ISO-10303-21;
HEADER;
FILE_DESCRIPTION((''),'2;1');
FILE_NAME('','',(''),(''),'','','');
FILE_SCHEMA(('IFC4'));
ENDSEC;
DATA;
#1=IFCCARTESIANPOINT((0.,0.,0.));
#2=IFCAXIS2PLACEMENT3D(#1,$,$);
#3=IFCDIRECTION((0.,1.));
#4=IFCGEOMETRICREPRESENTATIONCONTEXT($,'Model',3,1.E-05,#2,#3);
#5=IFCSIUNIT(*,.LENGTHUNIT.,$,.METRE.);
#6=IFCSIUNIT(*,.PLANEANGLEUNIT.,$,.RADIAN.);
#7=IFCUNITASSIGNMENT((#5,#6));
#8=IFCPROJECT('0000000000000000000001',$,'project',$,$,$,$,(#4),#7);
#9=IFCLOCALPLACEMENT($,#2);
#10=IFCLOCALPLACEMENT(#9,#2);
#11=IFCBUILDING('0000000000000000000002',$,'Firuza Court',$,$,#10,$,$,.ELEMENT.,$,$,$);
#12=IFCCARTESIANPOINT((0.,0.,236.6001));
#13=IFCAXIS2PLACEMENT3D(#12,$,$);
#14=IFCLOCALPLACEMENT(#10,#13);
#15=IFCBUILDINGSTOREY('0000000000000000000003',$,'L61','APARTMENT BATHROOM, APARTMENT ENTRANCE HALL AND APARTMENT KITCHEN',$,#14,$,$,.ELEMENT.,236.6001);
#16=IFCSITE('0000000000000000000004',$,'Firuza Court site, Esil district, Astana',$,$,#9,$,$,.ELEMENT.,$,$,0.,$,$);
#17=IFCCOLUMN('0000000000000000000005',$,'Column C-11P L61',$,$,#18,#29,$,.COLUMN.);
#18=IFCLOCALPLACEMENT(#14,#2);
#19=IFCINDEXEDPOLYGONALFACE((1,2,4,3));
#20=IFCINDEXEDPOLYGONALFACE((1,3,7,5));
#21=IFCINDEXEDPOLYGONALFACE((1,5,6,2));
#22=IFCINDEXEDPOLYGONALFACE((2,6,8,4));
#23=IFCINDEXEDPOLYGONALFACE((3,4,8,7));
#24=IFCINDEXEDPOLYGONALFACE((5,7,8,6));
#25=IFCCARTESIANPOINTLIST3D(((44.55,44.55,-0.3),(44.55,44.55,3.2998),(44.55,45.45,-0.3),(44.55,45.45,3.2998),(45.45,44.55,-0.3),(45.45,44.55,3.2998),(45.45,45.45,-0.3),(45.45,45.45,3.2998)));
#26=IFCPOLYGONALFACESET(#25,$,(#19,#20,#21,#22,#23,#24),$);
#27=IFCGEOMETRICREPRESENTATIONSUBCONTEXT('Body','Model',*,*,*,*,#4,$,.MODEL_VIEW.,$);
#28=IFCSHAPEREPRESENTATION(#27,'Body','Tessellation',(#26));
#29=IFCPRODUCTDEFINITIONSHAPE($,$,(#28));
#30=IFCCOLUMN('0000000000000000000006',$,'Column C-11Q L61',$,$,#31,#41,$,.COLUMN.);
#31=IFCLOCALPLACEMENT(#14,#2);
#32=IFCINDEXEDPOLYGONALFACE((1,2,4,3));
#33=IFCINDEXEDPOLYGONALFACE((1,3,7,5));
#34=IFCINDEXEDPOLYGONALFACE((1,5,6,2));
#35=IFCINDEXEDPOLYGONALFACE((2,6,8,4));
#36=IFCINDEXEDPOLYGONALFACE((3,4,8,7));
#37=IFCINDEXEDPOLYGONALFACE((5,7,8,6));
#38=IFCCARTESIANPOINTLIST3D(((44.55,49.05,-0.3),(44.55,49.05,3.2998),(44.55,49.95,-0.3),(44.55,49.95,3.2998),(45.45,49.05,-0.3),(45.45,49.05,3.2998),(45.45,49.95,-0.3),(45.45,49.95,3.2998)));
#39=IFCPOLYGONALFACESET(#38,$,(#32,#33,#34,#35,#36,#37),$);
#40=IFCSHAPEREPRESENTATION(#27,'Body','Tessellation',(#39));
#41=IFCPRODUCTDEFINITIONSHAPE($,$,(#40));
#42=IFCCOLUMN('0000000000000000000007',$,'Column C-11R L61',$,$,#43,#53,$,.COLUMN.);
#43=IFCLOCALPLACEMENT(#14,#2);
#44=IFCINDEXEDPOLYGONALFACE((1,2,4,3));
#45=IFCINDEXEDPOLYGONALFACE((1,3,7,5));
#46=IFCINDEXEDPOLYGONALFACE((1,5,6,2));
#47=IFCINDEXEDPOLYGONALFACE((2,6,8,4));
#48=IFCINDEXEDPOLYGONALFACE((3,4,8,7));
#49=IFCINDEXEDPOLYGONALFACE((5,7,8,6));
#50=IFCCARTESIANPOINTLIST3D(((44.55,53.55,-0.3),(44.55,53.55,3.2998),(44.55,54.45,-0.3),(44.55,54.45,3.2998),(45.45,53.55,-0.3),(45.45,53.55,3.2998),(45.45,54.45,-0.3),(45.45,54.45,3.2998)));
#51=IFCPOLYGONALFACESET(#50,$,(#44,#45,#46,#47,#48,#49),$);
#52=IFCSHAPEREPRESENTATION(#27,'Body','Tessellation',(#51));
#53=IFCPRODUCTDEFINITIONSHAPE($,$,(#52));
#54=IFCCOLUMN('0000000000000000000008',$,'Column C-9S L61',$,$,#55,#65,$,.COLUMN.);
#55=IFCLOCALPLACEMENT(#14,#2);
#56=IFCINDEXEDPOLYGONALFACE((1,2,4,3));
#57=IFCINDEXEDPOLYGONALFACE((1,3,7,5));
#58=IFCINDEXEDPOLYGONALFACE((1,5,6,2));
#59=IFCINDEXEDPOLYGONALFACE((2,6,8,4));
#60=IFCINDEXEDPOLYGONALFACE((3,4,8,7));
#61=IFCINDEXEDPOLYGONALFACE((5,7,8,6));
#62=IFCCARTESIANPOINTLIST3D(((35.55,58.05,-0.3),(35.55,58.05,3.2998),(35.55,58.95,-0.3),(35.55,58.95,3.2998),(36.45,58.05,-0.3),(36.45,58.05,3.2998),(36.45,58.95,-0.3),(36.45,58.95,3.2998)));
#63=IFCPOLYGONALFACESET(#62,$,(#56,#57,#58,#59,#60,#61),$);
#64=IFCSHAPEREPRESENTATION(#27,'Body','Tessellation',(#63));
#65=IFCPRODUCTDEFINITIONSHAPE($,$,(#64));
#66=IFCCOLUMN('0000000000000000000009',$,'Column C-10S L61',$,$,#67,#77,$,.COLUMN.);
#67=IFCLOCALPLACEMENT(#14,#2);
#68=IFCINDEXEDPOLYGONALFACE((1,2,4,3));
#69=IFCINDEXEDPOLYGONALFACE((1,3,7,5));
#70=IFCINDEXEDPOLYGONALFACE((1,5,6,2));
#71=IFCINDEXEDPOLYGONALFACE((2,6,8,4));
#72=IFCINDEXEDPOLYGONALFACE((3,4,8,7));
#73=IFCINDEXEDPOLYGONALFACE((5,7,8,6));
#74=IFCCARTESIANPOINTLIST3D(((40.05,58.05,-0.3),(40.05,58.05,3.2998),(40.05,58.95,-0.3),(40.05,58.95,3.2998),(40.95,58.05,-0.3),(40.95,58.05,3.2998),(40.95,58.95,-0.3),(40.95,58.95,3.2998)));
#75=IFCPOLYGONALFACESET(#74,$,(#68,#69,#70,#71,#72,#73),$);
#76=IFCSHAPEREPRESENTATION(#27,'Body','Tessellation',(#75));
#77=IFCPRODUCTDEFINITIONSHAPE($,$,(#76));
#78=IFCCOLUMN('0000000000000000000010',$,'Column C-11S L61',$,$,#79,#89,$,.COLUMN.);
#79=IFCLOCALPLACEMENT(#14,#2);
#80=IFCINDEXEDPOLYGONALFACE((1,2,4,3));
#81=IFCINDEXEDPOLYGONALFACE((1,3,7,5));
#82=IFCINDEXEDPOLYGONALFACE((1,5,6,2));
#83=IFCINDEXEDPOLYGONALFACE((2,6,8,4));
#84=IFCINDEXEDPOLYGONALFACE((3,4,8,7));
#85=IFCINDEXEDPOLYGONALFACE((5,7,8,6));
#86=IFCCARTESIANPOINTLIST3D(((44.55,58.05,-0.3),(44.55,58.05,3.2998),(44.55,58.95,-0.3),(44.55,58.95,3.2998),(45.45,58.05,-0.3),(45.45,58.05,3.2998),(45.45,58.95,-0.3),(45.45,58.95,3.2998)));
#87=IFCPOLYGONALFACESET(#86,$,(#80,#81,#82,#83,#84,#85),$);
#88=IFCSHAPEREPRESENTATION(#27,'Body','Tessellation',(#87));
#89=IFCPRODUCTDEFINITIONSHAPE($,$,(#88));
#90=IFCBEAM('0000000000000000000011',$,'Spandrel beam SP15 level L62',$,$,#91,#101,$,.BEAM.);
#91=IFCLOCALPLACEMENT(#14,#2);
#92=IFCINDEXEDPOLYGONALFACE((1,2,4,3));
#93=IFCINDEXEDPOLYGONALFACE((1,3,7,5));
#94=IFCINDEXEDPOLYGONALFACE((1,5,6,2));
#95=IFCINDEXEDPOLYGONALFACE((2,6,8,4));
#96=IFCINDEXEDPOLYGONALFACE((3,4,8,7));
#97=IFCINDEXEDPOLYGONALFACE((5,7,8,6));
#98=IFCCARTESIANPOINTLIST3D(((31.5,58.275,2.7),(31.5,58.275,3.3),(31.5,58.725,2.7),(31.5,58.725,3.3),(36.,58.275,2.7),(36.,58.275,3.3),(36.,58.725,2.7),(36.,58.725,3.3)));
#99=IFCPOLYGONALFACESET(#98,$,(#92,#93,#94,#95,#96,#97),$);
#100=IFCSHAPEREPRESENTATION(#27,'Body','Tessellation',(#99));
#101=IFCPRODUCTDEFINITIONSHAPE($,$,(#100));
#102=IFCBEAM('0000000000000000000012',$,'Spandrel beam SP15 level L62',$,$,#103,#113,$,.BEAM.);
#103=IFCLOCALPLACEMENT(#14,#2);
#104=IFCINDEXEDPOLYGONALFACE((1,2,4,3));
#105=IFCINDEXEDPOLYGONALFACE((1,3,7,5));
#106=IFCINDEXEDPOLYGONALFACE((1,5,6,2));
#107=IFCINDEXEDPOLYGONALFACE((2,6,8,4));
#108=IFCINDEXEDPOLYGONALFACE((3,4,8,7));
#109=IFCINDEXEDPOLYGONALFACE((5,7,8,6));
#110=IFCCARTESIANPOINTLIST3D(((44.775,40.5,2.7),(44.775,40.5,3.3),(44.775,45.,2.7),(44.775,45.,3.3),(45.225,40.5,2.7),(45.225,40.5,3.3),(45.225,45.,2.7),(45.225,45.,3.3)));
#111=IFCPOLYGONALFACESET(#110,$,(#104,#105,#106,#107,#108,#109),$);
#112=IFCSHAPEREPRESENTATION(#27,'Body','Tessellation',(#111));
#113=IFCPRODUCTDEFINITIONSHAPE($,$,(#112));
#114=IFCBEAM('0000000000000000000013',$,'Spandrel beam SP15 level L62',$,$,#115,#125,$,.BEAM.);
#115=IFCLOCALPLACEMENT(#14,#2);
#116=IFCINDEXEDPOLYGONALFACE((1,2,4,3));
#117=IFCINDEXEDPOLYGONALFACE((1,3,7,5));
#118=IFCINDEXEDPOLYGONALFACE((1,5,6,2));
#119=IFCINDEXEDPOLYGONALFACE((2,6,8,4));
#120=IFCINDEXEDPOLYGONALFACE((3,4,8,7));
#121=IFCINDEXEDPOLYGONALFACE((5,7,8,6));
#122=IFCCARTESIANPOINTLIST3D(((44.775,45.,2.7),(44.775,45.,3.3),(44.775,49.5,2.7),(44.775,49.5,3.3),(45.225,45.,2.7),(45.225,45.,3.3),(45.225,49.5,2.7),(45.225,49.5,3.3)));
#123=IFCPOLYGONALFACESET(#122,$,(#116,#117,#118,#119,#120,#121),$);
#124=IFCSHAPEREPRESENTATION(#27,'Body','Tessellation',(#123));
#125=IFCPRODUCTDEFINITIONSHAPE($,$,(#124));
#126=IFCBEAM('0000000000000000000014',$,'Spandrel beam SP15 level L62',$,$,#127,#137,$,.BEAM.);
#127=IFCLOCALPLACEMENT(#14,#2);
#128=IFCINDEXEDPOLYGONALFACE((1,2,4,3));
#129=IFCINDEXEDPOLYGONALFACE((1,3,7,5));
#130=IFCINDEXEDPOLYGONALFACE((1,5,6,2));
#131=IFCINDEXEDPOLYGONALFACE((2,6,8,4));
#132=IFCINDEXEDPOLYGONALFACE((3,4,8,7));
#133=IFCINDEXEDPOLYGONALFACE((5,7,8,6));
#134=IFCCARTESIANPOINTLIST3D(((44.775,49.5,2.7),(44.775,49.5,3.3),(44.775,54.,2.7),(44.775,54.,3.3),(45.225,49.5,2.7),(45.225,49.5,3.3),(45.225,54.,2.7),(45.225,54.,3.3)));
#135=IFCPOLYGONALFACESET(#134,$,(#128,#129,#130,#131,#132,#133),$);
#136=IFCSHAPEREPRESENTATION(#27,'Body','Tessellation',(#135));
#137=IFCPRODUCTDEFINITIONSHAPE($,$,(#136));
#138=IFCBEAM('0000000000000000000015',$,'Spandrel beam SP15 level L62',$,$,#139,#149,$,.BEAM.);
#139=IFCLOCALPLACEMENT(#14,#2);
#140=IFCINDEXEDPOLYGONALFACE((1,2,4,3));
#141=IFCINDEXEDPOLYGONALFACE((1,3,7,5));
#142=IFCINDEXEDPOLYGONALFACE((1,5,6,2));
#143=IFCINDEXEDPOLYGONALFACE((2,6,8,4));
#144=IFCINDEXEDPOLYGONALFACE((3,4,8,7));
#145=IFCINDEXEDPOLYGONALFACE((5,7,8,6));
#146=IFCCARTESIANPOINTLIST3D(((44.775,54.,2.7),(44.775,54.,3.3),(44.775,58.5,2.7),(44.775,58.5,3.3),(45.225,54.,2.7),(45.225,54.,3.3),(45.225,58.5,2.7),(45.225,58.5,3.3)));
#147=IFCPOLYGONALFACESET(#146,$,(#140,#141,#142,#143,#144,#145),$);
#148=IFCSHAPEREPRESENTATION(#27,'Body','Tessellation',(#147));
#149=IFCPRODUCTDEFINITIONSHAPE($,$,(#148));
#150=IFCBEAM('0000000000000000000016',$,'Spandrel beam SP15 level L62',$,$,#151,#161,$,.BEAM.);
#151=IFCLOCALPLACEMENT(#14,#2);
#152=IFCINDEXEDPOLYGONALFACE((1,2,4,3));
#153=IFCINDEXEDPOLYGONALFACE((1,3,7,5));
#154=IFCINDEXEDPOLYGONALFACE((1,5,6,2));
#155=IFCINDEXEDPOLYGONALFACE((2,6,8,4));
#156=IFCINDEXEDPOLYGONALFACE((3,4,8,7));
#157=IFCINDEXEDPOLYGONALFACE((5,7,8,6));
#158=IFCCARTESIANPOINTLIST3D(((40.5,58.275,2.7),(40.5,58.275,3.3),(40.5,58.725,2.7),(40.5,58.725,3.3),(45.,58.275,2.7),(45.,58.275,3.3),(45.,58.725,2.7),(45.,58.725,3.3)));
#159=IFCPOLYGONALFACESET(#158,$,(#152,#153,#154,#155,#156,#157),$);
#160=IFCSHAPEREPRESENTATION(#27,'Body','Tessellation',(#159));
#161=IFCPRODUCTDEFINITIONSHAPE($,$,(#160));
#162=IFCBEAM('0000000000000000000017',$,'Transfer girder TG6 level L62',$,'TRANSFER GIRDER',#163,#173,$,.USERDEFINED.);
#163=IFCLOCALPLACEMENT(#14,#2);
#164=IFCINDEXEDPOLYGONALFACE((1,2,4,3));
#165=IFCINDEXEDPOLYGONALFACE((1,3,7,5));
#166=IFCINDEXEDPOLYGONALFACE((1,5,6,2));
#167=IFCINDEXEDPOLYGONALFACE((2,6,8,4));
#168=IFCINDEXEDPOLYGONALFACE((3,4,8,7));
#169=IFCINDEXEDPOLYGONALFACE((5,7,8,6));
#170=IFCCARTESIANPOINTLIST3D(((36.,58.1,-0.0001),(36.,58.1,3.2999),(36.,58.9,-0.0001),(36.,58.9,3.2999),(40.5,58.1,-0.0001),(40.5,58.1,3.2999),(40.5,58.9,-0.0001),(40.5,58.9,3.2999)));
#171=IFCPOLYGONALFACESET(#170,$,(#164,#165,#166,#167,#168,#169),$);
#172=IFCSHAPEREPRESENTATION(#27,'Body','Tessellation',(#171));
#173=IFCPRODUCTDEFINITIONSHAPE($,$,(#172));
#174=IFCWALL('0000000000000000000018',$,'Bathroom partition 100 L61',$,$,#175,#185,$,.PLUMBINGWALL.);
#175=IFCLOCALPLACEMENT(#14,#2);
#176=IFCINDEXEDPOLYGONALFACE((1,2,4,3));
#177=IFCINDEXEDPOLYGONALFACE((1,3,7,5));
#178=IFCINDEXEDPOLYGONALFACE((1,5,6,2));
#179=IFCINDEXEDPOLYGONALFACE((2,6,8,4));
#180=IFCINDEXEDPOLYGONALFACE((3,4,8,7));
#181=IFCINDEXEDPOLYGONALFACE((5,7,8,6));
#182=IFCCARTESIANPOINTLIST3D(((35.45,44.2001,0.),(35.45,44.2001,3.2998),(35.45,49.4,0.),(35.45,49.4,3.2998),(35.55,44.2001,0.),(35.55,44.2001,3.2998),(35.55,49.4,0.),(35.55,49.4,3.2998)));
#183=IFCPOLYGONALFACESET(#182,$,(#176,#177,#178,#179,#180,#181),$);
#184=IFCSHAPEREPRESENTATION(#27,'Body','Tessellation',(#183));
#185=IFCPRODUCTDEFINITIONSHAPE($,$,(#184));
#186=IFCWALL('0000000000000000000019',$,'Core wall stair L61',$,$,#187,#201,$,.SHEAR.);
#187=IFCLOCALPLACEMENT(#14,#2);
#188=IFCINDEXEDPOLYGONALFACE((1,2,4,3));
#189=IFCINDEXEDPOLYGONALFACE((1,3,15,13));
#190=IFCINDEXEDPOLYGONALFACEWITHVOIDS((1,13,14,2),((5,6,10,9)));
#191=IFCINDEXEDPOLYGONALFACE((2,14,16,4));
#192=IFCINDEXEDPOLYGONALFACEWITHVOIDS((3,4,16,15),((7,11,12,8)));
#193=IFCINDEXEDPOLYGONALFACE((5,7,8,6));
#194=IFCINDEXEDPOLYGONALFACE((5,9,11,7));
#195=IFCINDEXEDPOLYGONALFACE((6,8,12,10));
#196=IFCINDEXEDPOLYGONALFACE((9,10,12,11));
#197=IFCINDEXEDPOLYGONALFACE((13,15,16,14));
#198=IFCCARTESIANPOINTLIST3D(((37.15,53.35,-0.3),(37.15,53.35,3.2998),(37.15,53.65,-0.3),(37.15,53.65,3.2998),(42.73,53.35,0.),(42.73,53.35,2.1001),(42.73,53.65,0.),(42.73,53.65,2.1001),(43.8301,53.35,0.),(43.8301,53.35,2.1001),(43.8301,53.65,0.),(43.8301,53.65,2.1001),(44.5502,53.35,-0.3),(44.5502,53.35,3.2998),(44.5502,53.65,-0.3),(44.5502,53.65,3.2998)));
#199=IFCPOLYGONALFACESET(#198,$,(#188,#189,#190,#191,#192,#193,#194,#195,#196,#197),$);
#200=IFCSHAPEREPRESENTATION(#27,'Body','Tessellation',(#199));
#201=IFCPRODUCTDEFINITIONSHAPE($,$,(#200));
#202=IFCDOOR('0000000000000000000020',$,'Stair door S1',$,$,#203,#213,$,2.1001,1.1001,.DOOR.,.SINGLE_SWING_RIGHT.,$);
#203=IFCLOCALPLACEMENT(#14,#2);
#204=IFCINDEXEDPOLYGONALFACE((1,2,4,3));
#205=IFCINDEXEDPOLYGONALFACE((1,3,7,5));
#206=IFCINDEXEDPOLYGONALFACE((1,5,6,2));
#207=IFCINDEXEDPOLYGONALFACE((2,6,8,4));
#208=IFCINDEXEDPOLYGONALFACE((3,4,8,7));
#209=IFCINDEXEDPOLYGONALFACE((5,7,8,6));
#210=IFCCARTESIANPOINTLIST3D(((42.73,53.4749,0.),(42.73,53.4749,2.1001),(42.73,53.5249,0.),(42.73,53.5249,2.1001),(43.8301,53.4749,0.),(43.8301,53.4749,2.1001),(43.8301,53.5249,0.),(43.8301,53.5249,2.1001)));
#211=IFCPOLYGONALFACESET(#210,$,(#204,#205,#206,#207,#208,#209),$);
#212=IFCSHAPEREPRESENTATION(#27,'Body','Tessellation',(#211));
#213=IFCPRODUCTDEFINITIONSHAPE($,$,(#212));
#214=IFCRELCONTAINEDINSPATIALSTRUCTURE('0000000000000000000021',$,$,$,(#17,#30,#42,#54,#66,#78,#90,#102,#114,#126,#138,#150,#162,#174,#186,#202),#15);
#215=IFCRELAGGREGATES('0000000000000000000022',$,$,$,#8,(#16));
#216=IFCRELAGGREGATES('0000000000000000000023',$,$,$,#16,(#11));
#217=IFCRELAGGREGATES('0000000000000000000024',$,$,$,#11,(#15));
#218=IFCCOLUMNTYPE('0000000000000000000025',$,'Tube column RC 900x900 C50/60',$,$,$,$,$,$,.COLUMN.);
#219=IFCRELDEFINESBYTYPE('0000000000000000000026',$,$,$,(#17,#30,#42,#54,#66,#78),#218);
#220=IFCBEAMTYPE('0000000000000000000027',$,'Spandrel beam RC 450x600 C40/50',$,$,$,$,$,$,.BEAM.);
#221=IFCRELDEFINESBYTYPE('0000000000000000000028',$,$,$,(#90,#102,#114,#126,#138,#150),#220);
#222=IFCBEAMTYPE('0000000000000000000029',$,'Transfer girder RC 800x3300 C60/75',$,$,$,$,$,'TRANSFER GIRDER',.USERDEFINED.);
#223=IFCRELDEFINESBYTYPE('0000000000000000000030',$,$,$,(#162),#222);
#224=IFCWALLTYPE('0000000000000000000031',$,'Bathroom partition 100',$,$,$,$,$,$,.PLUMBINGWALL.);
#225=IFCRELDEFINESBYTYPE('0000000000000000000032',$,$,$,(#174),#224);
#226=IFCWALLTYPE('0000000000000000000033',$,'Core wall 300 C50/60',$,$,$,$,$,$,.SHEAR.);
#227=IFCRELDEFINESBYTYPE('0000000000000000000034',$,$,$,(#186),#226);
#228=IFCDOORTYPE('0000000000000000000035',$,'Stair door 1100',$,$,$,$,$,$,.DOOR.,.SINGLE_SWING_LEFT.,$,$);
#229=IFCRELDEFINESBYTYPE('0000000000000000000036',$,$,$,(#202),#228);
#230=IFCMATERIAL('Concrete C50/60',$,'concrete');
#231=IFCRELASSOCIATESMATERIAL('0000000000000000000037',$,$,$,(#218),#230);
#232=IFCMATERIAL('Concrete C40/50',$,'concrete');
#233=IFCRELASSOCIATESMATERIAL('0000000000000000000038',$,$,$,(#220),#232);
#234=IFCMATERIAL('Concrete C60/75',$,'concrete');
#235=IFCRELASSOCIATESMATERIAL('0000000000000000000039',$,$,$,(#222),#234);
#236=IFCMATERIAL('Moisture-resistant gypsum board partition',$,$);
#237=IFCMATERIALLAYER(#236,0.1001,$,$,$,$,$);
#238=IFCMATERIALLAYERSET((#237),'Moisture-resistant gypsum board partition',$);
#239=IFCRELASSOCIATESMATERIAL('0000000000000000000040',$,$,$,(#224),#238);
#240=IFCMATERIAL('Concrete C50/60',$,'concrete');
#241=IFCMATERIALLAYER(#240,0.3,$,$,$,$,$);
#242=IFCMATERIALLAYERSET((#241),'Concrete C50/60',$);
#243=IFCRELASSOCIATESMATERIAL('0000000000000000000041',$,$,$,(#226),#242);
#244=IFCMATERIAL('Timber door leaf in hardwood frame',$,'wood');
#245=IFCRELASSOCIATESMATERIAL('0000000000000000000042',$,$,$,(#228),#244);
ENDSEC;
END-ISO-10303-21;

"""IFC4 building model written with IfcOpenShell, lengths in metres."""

from ifc_helpers import new_model, si_unit, direction, frame, frame_2d, origin, origin_2d, place, context, subcontext, project, spatial, rectangle, extrude, material, layer, layer_set, material_profile, profile_set, type_object, element, fill, save


model = new_model("IFC4")

# Units and contexts
model_context = context("Model", 3, precision=1e-05, world=origin(), true_north=direction((0.0, 1.0)))
body_context = subcontext(model_context, "Body", "Model", "MODEL_VIEW")
ifc_project = project(units=[si_unit("LENGTHUNIT", "METRE"), si_unit("PLANEANGLEUNIT", "RADIAN")], contexts=[model_context])

# Site, building, storey
site_placement = place(None, origin())
site = spatial("IfcSite", under=ifc_project, at=site_placement, Name="Firuza Court site, Esil district, Astana", CompositionType="ELEMENT", RefElevation=0.0)
building_placement = place(site_placement, origin())
building = spatial("IfcBuilding", under=site, at=building_placement, Name="Firuza Court", CompositionType="ELEMENT")
storey_placement = place(building_placement, frame((0.0, 0.0, 236.6001)))
storey = spatial("IfcBuildingStorey", under=building, at=storey_placement, Name="L61", Description="APARTMENT BATHROOM, APARTMENT ENTRANCE HALL AND APARTMENT KITCHEN", CompositionType="ELEMENT", Elevation=236.6001)

# Columns
ifc_material_1 = material(Name="Concrete C50/60", Category="concrete")
ifc_material_profile_1 = material_profile(ifc_material_1, rectangle(XDim=0.8999, YDim=0.8999, at=origin_2d()), Name="RC 900x900")
ifc_profile_set_1 = profile_set([ifc_material_profile_1], Name="Concrete C50/60")
column_type = type_object("IfcColumnType", Name="Tube column RC 900x900 C50/60", PredefinedType="COLUMN", material=ifc_profile_set_1)
for number, where, z_axis, x_axis, name in (
    (1, (45.0, 45.0, -0.3), (0.0, 0.0, 1.0), (1.0, 0.0, 0.0), "Column C-11P L61"),
    (2, (45.0, 49.5, -0.3), (0.0, 0.0, 1.0), (1.0, 0.0, 0.0), "Column C-11Q L61"),
    (3, (45.0, 54.0, -0.3), (0.0, 0.0, 1.0), (1.0, 0.0, 0.0), "Column C-11R L61"),
    (4, (36.0, 58.5, -0.3), (0.0, 0.0, 1.0), (1.0, 0.0, 0.0), "Column C-9S L61"),
    (5, (40.5, 58.5, -0.3), (0.0, 0.0, 1.0), (1.0, 0.0, 0.0), "Column C-10S L61"),
    (6, (45.0, 58.5, -0.3), (0.0, 0.0, 1.0), (1.0, 0.0, 0.0), "Column C-11S L61"),
):
    element("IfcColumn", number, at=place(storey_placement, frame(where, z_axis=z_axis, x_axis=x_axis)), inside=storey, type_object=column_type, Name=name, PredefinedType="COLUMN", context=body_context, shape_type="SweptSolid", body=[
        extrude(rectangle(XDim=0.8999, YDim=0.8999, at=origin_2d()), origin(), (0.0, 0.0, 1.0), 3.5999),
    ])

# Beams
ifc_material_2 = material(Name="Concrete C40/50", Category="concrete")
ifc_material_profile_2 = material_profile(ifc_material_2, rectangle(XDim=0.45, YDim=0.6001, at=origin_2d()), Name="RC 450x600")
ifc_profile_set_2 = profile_set([ifc_material_profile_2], Name="Concrete C40/50")
beam_type_1 = type_object("IfcBeamType", Name="Spandrel beam RC 450x600 C40/50", PredefinedType="BEAM", material=ifc_profile_set_2)
for number, where, z_axis, x_axis, name in (
    (7, (36.0, 58.5, 3.0), (-1.0, 0.0, 0.0), (0.0, -1.0, 0.0), "Spandrel beam SP15 level L62"),
    (8, (45.0, 40.5, 3.0), (0.0, 1.0, 0.0), (-1.0, 0.0, 0.0), "Spandrel beam SP15 level L62"),
    (9, (45.0, 45.0, 3.0), (0.0, 1.0, 0.0), (-1.0, 0.0, 0.0), "Spandrel beam SP15 level L62"),
    (10, (45.0, 49.5, 3.0), (0.0, 1.0, 0.0), (-1.0, 0.0, 0.0), "Spandrel beam SP15 level L62"),
    (11, (45.0, 54.0, 3.0), (0.0, 1.0, 0.0), (-1.0, 0.0, 0.0), "Spandrel beam SP15 level L62"),
    (12, (45.0, 58.5, 3.0), (-1.0, 0.0, 0.0), (0.0, -1.0, 0.0), "Spandrel beam SP15 level L62"),
):
    element("IfcBeam", number, at=place(storey_placement, frame(where, z_axis=z_axis, x_axis=x_axis)), inside=storey, type_object=beam_type_1, Name=name, PredefinedType="BEAM", context=body_context, shape_type="SweptSolid", body=[
        extrude(rectangle(XDim=0.45, YDim=0.6001, at=origin_2d()), origin(), (0.0, 0.0, 1.0), 4.5),
    ])
ifc_material_3 = material(Name="Concrete C60/75", Category="concrete")
ifc_material_profile_3 = material_profile(ifc_material_3, rectangle(XDim=0.8, YDim=3.3, at=origin_2d()), Name="RC 800x3300")
ifc_profile_set_3 = profile_set([ifc_material_profile_3], Name="Concrete C60/75")
beam_type_2 = type_object("IfcBeamType", Name="Transfer girder RC 800x3300 C60/75", ElementType="TRANSFER GIRDER", PredefinedType="USERDEFINED", material=ifc_profile_set_3)
beam_placement = place(storey_placement, frame((40.5, 58.5, 1.6499), z_axis=(-1.0, 0.0, 0.0), x_axis=(0.0, -1.0, 0.0)))
element("IfcBeam", 13, at=beam_placement, inside=storey, type_object=beam_type_2, Name="Transfer girder TG6 level L62", ObjectType="TRANSFER GIRDER", PredefinedType="USERDEFINED", context=body_context, shape_type="SweptSolid", body=[
    extrude(rectangle(XDim=0.8, YDim=3.3, at=origin_2d()), origin(), (0.0, 0.0, 1.0), 4.5),
])

# Wall
ifc_material_4 = material(Name="Moisture-resistant gypsum board partition")
ifc_layer_1 = layer(ifc_material_4, 0.1001)
ifc_layer_set_1 = layer_set([ifc_layer_1], Name="Moisture-resistant gypsum board partition")
wall_type_1 = type_object("IfcWallType", Name="Bathroom partition 100", PredefinedType="PLUMBINGWALL", material=ifc_layer_set_1)
wall_1_placement = place(storey_placement, frame((35.5, 44.2, 0.0), z_axis=(0.0, 0.0, 1.0), x_axis=(0.0, 1.0, 0.0)))
element("IfcWall", 14, at=wall_1_placement, inside=storey, type_object=wall_type_1, Name="Bathroom partition 100 L61", PredefinedType="PLUMBINGWALL", context=body_context, shape_type="SweptSolid", body=[
    extrude(rectangle(XDim=5.2, YDim=0.1001, at=frame_2d((2.6001, 0.0))), origin(), (0.0, 0.0, 1.0), 3.2998),
])

# Wall, opening, door
ifc_material_5 = material(Name="Concrete C50/60", Category="concrete")
ifc_layer_2 = layer(ifc_material_5, 0.3)
ifc_layer_set_2 = layer_set([ifc_layer_2], Name="Concrete C50/60")
wall_type_2 = type_object("IfcWallType", Name="Core wall 300 C50/60", PredefinedType="SHEAR", material=ifc_layer_set_2)
wall_2_placement = place(storey_placement, frame((37.1499, 53.5, -0.3), z_axis=(0.0, 0.0, 1.0), x_axis=(1.0, 0.0, 0.0)))
wall_2 = element("IfcWall", 15, at=wall_2_placement, inside=storey, type_object=wall_type_2, Name="Core wall stair L61", PredefinedType="SHEAR", context=body_context, shape_type="SweptSolid", body=[
    extrude(rectangle(XDim=7.4001, YDim=0.3, at=frame_2d((3.7002, 0.0))), origin(), (0.0, 0.0, 1.0), 3.5999),
])
opening_1_placement = place(wall_2_placement, frame((5.5801, 0.0, 0.3)))
opening_1 = element("IfcOpeningElement", 16, at=opening_1_placement, cuts=wall_2, PredefinedType="OPENING", context=body_context, shape_type="SweptSolid", body=[
    extrude(rectangle(XDim=1.1001, YDim=2.1001, at=frame_2d((0.55, 1.05))), frame((0.0, 0.1621, 0.0), z_axis=(0.0, -1.0, 0.0), x_axis=(1.0, 0.0, 0.0)), (0.0, 0.0, 1.0), 0.324),
])
ifc_material_6 = material(Name="Timber door leaf in hardwood frame", Category="wood")
door_type_1 = type_object("IfcDoorType", Name="Stair door 1100", OperationType="SINGLE_SWING_LEFT", PredefinedType="DOOR", material=ifc_material_6)
door_1_placement = place(opening_1_placement, origin())
door_1 = element("IfcDoor", 17, at=door_1_placement, inside=storey, type_object=door_type_1, Name="Stair door S1", OperationType="SINGLE_SWING_RIGHT", OverallHeight=2.1001, OverallWidth=1.1001, PredefinedType="DOOR", context=body_context, shape_type="SweptSolid", body=[
    extrude(rectangle(XDim=1.1001, YDim=2.1001, at=frame_2d((0.55, 1.05))), frame((0.0, 0.0249, 0.0), z_axis=(0.0, -1.0, 0.0), x_axis=(1.0, 0.0, 0.0)), (0.0, 0.0, 1.0), 0.05),
])
fill(opening_1, door_1)

save(model, "model.ifc")
